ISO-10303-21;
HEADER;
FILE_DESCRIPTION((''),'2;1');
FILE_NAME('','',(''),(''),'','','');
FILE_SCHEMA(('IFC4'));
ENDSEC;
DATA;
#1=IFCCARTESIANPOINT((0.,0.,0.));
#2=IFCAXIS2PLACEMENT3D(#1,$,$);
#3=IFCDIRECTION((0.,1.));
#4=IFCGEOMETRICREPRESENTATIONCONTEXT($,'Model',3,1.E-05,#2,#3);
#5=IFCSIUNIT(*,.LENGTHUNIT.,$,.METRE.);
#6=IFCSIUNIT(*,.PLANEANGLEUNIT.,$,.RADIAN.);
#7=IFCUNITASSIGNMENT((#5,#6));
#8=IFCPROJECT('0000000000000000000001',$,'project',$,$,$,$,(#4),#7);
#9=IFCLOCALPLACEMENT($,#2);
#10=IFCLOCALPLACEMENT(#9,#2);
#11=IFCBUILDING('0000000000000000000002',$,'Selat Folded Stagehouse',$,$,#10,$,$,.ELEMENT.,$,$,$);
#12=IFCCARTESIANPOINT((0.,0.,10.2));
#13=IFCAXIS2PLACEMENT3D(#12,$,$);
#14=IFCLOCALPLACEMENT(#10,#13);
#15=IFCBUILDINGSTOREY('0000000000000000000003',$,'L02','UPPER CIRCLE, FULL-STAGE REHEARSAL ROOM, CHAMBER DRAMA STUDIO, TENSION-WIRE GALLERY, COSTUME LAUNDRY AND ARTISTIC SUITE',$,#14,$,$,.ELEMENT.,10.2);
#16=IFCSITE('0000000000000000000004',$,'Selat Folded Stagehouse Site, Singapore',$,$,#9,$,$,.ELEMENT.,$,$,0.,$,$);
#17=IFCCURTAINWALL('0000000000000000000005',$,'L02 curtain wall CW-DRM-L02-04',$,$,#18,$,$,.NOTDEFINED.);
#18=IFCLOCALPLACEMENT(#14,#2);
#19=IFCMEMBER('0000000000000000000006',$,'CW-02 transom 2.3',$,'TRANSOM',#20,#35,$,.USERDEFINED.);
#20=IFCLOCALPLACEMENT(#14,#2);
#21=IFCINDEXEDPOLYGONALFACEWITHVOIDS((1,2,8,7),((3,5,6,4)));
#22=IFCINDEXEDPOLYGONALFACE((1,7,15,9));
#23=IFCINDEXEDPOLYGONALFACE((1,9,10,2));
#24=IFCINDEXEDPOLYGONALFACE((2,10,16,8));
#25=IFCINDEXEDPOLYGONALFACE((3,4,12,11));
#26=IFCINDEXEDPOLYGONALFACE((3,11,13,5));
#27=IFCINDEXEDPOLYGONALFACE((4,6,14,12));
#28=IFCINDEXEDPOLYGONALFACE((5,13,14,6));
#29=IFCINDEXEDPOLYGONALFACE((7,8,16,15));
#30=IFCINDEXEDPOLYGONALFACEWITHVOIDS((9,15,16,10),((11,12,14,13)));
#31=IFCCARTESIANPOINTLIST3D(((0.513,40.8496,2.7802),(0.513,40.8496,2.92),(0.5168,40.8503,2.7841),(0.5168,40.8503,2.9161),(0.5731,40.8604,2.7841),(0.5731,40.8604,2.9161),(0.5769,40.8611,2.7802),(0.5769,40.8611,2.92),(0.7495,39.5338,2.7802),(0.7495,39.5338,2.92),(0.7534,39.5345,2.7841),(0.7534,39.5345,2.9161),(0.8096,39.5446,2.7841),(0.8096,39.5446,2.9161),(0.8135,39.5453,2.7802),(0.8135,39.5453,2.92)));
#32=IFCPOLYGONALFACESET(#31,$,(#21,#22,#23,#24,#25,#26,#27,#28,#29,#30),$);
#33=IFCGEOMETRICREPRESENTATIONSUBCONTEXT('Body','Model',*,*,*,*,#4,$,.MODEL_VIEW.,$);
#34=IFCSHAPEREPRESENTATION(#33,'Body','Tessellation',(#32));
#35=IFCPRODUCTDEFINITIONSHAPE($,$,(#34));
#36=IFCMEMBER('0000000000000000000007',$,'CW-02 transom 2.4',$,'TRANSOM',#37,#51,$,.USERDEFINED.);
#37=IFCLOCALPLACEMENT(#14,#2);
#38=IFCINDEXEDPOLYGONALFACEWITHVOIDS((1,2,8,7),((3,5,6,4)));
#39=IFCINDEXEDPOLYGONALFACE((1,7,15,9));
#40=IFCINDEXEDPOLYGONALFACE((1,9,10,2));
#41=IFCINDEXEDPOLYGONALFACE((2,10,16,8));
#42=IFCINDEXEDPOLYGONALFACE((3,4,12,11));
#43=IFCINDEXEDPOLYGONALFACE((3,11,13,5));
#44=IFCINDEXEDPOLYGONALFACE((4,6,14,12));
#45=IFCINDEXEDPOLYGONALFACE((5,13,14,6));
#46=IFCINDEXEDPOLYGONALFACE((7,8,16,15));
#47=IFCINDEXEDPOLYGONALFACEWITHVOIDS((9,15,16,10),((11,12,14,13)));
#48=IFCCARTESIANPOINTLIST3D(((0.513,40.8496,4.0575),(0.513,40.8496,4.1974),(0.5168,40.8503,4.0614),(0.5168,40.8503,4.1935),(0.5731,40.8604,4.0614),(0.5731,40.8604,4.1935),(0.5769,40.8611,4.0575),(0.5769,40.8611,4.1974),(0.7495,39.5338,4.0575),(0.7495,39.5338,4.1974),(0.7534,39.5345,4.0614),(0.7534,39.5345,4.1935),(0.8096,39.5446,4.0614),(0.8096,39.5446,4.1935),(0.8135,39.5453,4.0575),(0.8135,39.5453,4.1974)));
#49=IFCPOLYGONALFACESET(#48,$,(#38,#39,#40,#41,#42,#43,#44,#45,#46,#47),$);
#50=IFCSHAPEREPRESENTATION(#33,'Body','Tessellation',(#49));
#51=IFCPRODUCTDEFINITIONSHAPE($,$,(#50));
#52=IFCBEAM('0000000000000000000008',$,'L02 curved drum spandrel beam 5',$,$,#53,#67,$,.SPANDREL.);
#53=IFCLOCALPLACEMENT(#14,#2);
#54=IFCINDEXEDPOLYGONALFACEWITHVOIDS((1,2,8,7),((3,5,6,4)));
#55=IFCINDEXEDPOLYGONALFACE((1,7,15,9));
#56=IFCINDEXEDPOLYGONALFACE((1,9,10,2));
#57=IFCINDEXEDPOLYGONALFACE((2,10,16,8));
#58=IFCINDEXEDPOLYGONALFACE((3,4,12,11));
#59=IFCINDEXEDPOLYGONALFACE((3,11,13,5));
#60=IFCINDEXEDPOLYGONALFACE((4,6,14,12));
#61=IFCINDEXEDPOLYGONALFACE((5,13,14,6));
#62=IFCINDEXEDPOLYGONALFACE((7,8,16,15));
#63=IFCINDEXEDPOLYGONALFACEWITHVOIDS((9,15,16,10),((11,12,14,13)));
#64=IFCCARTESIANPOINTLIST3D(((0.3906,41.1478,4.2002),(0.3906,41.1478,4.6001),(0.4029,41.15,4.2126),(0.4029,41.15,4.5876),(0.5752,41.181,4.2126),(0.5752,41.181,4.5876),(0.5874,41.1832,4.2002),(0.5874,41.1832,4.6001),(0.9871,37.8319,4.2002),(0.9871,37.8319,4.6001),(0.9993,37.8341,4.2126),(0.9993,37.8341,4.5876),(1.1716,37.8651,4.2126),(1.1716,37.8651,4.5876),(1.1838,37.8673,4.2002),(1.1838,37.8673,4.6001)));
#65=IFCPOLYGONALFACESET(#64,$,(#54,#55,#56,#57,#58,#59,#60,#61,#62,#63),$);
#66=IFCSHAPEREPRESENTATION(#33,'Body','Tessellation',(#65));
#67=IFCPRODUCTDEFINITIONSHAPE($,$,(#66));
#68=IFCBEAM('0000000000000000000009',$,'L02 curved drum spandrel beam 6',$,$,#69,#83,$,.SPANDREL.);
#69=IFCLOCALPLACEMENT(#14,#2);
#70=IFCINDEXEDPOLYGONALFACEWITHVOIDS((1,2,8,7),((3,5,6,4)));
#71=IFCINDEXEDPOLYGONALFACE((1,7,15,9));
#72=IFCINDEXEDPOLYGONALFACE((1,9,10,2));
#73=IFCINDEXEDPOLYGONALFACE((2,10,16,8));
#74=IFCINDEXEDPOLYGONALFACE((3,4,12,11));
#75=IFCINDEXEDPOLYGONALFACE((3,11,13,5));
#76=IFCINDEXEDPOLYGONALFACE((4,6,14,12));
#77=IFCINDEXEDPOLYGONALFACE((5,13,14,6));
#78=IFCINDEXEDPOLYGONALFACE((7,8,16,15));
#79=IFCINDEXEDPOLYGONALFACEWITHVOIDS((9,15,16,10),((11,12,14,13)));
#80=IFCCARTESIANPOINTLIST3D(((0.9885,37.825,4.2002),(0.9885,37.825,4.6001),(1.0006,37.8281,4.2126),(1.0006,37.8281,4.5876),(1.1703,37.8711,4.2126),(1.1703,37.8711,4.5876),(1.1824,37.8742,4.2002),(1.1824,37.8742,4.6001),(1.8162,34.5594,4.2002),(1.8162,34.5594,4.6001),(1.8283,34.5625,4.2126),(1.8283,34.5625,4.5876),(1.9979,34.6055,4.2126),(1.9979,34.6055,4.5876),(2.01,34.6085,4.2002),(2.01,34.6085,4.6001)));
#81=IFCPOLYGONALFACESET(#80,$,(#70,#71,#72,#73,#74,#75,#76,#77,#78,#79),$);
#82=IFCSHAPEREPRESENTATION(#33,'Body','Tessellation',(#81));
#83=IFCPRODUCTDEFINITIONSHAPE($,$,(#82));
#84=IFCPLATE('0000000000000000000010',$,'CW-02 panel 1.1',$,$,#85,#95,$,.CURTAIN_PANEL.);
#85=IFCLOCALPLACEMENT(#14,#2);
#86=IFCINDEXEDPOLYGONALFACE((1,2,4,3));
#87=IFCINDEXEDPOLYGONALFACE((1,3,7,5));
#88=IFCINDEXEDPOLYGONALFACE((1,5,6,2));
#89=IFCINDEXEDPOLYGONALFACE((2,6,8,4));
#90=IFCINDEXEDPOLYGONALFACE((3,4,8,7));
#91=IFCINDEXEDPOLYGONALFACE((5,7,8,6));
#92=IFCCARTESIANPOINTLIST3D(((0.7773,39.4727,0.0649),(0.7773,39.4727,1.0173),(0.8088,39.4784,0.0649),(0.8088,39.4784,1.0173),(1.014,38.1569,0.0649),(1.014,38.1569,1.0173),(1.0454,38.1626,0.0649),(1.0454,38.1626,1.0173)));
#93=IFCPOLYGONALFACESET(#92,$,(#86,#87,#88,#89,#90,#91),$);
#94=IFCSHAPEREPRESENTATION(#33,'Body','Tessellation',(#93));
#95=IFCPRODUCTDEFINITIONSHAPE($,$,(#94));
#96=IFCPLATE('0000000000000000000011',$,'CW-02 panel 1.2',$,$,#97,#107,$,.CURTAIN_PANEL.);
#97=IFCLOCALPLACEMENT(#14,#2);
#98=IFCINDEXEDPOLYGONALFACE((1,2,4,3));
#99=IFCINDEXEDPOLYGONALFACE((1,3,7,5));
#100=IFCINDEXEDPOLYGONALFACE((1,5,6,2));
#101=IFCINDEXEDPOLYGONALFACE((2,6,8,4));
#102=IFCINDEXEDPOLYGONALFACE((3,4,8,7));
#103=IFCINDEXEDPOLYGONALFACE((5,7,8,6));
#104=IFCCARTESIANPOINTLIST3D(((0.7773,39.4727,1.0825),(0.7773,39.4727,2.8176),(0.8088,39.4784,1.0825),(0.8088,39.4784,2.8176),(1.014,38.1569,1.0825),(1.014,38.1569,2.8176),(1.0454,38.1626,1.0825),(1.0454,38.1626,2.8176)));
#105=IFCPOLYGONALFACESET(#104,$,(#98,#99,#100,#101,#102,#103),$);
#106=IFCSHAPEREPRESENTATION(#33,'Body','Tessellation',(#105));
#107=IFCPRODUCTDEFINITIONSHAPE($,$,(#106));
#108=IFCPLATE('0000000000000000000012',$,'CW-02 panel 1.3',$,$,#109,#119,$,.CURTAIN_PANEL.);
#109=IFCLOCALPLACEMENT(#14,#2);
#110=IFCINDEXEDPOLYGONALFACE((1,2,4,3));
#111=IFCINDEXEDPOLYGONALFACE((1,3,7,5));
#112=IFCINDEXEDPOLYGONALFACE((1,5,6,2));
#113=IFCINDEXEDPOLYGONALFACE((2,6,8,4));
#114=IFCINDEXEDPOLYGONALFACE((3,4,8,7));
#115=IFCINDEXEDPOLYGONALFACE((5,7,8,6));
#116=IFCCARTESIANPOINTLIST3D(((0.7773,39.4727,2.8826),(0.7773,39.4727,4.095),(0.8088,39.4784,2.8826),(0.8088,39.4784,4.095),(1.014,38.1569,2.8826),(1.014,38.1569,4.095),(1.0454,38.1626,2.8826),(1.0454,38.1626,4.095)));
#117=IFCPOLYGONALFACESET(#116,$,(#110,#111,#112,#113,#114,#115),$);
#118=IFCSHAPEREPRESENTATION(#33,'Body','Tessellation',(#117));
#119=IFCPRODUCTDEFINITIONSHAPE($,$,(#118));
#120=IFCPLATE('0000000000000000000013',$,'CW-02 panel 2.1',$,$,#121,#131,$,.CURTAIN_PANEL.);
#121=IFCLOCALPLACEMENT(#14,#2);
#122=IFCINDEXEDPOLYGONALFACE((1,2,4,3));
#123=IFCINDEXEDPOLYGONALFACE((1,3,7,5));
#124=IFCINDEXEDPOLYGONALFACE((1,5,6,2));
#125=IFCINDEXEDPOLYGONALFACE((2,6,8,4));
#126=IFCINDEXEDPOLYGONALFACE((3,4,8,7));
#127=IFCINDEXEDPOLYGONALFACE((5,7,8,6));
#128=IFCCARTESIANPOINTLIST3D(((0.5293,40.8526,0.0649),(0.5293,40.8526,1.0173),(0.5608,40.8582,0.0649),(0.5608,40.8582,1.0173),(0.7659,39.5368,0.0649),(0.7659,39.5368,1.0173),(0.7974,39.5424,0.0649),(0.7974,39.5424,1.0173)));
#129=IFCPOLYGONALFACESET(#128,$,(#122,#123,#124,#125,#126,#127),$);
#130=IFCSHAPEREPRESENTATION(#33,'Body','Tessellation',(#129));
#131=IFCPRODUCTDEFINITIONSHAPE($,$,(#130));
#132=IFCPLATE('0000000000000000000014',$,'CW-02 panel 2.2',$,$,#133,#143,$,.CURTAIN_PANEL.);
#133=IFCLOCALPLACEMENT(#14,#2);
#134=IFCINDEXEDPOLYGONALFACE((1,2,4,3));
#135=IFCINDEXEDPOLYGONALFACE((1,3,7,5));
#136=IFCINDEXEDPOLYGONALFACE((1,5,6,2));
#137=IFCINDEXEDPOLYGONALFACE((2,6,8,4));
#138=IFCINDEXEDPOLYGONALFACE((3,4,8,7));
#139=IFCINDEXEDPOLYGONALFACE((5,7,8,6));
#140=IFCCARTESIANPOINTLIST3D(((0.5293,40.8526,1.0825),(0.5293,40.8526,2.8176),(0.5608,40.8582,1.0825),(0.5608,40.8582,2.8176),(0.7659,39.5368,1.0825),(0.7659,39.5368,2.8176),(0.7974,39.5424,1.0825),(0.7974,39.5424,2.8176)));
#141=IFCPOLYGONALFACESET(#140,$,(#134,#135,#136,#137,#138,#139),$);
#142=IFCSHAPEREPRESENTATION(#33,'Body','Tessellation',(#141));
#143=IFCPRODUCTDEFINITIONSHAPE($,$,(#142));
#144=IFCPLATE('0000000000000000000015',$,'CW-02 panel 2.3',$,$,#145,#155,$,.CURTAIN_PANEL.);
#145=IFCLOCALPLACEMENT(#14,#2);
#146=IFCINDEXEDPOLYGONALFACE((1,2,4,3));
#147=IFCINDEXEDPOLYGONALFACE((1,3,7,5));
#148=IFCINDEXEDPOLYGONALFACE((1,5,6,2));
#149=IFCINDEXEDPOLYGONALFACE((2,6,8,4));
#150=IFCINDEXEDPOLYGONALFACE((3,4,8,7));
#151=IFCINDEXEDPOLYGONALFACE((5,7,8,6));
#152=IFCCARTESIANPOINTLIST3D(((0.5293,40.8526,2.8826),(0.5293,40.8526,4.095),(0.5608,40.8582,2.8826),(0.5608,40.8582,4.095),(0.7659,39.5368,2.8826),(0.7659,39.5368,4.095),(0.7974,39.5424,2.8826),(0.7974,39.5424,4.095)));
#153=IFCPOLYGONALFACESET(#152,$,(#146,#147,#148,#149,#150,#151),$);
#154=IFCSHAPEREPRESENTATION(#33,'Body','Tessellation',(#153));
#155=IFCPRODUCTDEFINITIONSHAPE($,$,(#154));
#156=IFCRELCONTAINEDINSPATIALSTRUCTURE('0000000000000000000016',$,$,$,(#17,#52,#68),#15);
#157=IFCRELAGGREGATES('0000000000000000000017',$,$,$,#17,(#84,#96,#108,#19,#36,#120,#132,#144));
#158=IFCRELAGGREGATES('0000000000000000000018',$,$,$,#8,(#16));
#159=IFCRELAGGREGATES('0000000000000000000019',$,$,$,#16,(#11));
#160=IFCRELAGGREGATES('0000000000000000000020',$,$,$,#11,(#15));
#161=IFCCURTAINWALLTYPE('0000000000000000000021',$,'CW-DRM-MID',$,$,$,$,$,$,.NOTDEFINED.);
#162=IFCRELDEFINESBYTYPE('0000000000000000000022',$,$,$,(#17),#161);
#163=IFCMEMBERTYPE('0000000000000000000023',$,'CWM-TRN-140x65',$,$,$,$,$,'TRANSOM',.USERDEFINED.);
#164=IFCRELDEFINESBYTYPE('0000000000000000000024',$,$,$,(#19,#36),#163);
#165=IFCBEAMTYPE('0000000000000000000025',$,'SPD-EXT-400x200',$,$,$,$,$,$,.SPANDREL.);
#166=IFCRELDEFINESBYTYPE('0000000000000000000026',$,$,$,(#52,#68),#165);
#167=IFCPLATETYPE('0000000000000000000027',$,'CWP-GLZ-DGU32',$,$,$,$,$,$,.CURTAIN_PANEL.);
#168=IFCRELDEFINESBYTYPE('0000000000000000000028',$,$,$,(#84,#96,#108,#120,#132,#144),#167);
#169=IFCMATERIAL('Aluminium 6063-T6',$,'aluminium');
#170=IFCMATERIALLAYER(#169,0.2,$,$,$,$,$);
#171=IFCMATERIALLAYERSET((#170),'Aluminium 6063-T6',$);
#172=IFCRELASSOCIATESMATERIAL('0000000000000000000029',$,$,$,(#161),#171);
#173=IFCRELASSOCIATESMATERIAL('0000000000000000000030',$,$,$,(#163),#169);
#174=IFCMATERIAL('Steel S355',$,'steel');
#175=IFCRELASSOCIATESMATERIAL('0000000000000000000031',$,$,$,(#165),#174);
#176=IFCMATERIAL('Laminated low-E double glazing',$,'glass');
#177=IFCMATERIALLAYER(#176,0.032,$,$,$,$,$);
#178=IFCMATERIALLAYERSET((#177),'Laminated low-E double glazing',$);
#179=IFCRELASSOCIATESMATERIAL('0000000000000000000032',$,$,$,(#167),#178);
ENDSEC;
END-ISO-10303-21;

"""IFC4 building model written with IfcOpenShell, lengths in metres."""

from ifc_helpers import new_model, si_unit, direction, frame, origin, origin_2d, place, context, subcontext, project, spatial, rectangle, hollow_rectangle, extrude, material, layer, layer_set, material_profile, profile_set, type_object, element, aggregate, save


model = new_model("IFC4")

# Units and contexts
model_context = context("Model", 3, precision=1e-05, world=origin(), true_north=direction((0.0, 1.0)))
body_context = subcontext(model_context, "Body", "Model", "MODEL_VIEW")
ifc_project = project(units=[si_unit("LENGTHUNIT", "METRE"), si_unit("PLANEANGLEUNIT", "RADIAN")], contexts=[model_context])

# Site, building, storey
site_placement = place(None, origin())
site = spatial("IfcSite", under=ifc_project, at=site_placement, Name="Selat Folded Stagehouse Site, Singapore", CompositionType="ELEMENT", RefElevation=0.0)
building_placement = place(site_placement, origin())
building = spatial("IfcBuilding", under=site, at=building_placement, Name="Selat Folded Stagehouse", CompositionType="ELEMENT")
storey_placement = place(building_placement, frame((0.0, 0.0, 10.2)))
storey = spatial("IfcBuildingStorey", under=building, at=storey_placement, Name="L02", Description="UPPER CIRCLE, FULL-STAGE REHEARSAL ROOM, CHAMBER DRAMA STUDIO, TENSION-WIRE GALLERY, COSTUME LAUNDRY AND ARTISTIC SUITE", CompositionType="ELEMENT", Elevation=10.2)

# Curtain wall, members
ifc_material_1 = material(Name="Aluminium 6063-T6", Category="aluminium")
ifc_layer_1 = layer(ifc_material_1, 0.2)
ifc_layer_set_1 = layer_set([ifc_layer_1], Name="Aluminium 6063-T6")
curtain_wall_type = type_object("IfcCurtainWallType", Name="CW-DRM-MID", PredefinedType="NOTDEFINED", material=ifc_layer_set_1)
ifc_material_profile_1 = material_profile(ifc_material_1, hollow_rectangle(XDim=0.0649, YDim=0.1399, WallThickness=0.0039, at=origin_2d()), Name="ALU 140x65x4.0")
ifc_profile_set_1 = profile_set([ifc_material_profile_1], Name="Aluminium 6063-T6")
member_type_1 = type_object("IfcMemberType", Name="CWM-TRN-140x65", ElementType="TRANSOM", PredefinedType="USERDEFINED", material=ifc_profile_set_1)
curtain_wall_1_placement = place(storey_placement, origin())
curtain_wall_1 = element("IfcCurtainWall", 1, at=curtain_wall_1_placement, inside=storey, type_object=curtain_wall_type, Name="L02 curtain wall CW-DRM-L02-04", PredefinedType="NOTDEFINED")
member_1_placement = place(storey_placement, frame((0.7815, 39.5396, 2.8501), z_axis=(-0.176941, 0.984222, 0.0), x_axis=(-0.984222, -0.176941, 0.0)))
member_1 = element("IfcMember", 2, at=member_1_placement, type_object=member_type_1, Name="CW-02 transom 2.3", ObjectType="TRANSOM", PredefinedType="USERDEFINED", context=body_context, shape_type="SweptSolid", body=[
    extrude(hollow_rectangle(XDim=0.0649, YDim=0.1399, WallThickness=0.0039, at=origin_2d()), origin(), (0.0, 0.0, 1.0), 1.3369),
])
member_2_placement = place(storey_placement, frame((0.7815, 39.5396, 4.1274), z_axis=(-0.176941, 0.984222, 0.0), x_axis=(-0.984222, -0.176941, 0.0)))
member_2 = element("IfcMember", 3, at=member_2_placement, type_object=member_type_1, Name="CW-02 transom 2.4", ObjectType="TRANSOM", PredefinedType="USERDEFINED", context=body_context, shape_type="SweptSolid", body=[
    extrude(hollow_rectangle(XDim=0.0649, YDim=0.1399, WallThickness=0.0039, at=origin_2d()), origin(), (0.0, 0.0, 1.0), 1.3369),
])

# Beams
ifc_material_2 = material(Name="Steel S355", Category="steel")
ifc_material_profile_2 = material_profile(ifc_material_2, hollow_rectangle(XDim=0.2, YDim=0.3999, WallThickness=0.0125, at=origin_2d()), Name="RHS 400x200x12.5")
ifc_profile_set_2 = profile_set([ifc_material_profile_2], Name="Steel S355")
beam_type = type_object("IfcBeamType", Name="SPD-EXT-400x200", PredefinedType="SPANDREL", material=ifc_profile_set_2)
beam_1_placement = place(storey_placement, frame((0.489, 41.1655, 4.4001), z_axis=(0.177029, -0.984206, 0.0), x_axis=(0.984206, 0.177029, 0.0)))
element("IfcBeam", 4, at=beam_1_placement, inside=storey, type_object=beam_type, Name="L02 curved drum spandrel beam 5", PredefinedType="SPANDREL", context=body_context, shape_type="SweptSolid", body=[
    extrude(hollow_rectangle(XDim=0.2, YDim=0.3999, WallThickness=0.0125, at=origin_2d()), origin(), (0.0, 0.0, 1.0), 3.3691),
])
beam_2_placement = place(storey_placement, frame((1.0854, 37.8496, 4.4001), z_axis=(0.245672, -0.969353, 0.0), x_axis=(0.969353, 0.245672, 0.0)))
element("IfcBeam", 5, at=beam_2_placement, inside=storey, type_object=beam_type, Name="L02 curved drum spandrel beam 6", PredefinedType="SPANDREL", context=body_context, shape_type="SweptSolid", body=[
    extrude(hollow_rectangle(XDim=0.2, YDim=0.3999, WallThickness=0.0125, at=origin_2d()), origin(), (0.0, 0.0, 1.0), 3.3689),
])

# Plates
ifc_material_3 = material(Name="Laminated low-E double glazing", Category="glass")
ifc_layer_2 = layer(ifc_material_3, 0.032)
ifc_layer_set_2 = layer_set([ifc_layer_2], Name="Laminated low-E double glazing")
plate_type = type_object("IfcPlateType", Name="CWP-GLZ-DGU32", PredefinedType="CURTAIN_PANEL", material=ifc_layer_set_2)
plate_1_placement = place(storey_placement, frame((0.9114, 38.8176, 0.0649), z_axis=(0.0, 0.0, 1.0), x_axis=(-0.177002, 0.984211, 0.0)))
plate_1 = element("IfcPlate", 6, at=plate_1_placement, type_object=plate_type, Name="CW-02 panel 1.1", PredefinedType="CURTAIN_PANEL", context=body_context, shape_type="SweptSolid", body=[
    extrude(rectangle(XDim=1.3369, YDim=0.032, at=origin_2d()), origin(), (0.0, 0.0, 1.0), 0.9524),
])
plate_2_placement = place(storey_placement, frame((0.9114, 38.8176, 1.0825), z_axis=(0.0, 0.0, 1.0), x_axis=(-0.177002, 0.984211, 0.0)))
plate_2 = element("IfcPlate", 7, at=plate_2_placement, type_object=plate_type, Name="CW-02 panel 1.2", PredefinedType="CURTAIN_PANEL", context=body_context, shape_type="SweptSolid", body=[
    extrude(rectangle(XDim=1.3369, YDim=0.032, at=origin_2d()), origin(), (0.0, 0.0, 1.0), 1.7351),
])
plate_3_placement = place(storey_placement, frame((0.9114, 38.8176, 2.8826), z_axis=(0.0, 0.0, 1.0), x_axis=(-0.177002, 0.984211, 0.0)))
plate_3 = element("IfcPlate", 8, at=plate_3_placement, type_object=plate_type, Name="CW-02 panel 1.3", PredefinedType="CURTAIN_PANEL", context=body_context, shape_type="SweptSolid", body=[
    extrude(rectangle(XDim=1.3369, YDim=0.032, at=origin_2d()), origin(), (0.0, 0.0, 1.0), 1.2124),
])
plate_4_placement = place(storey_placement, frame((0.6633, 40.1975, 0.0649), z_axis=(0.0, 0.0, 1.0), x_axis=(-0.177002, 0.984211, 0.0)))
plate_4 = element("IfcPlate", 9, at=plate_4_placement, type_object=plate_type, Name="CW-02 panel 2.1", PredefinedType="CURTAIN_PANEL", context=body_context, shape_type="SweptSolid", body=[
    extrude(rectangle(XDim=1.3369, YDim=0.032, at=origin_2d()), origin(), (0.0, 0.0, 1.0), 0.9524),
])
plate_5_placement = place(storey_placement, frame((0.6633, 40.1975, 1.0825), z_axis=(0.0, 0.0, 1.0), x_axis=(-0.177002, 0.984211, 0.0)))
plate_5 = element("IfcPlate", 10, at=plate_5_placement, type_object=plate_type, Name="CW-02 panel 2.2", PredefinedType="CURTAIN_PANEL", context=body_context, shape_type="SweptSolid", body=[
    extrude(rectangle(XDim=1.3369, YDim=0.032, at=origin_2d()), origin(), (0.0, 0.0, 1.0), 1.7351),
])
plate_6_placement = place(storey_placement, frame((0.6633, 40.1975, 2.8826), z_axis=(0.0, 0.0, 1.0), x_axis=(-0.177002, 0.984211, 0.0)))
plate_6 = element("IfcPlate", 11, at=plate_6_placement, type_object=plate_type, Name="CW-02 panel 2.3", PredefinedType="CURTAIN_PANEL", context=body_context, shape_type="SweptSolid", body=[
    extrude(rectangle(XDim=1.3369, YDim=0.032, at=origin_2d()), origin(), (0.0, 0.0, 1.0), 1.2124),
])
aggregate(curtain_wall_1, [plate_1, plate_2, plate_3, member_1, member_2, plate_4, plate_5, plate_6])

save(model, "model.ifc")
